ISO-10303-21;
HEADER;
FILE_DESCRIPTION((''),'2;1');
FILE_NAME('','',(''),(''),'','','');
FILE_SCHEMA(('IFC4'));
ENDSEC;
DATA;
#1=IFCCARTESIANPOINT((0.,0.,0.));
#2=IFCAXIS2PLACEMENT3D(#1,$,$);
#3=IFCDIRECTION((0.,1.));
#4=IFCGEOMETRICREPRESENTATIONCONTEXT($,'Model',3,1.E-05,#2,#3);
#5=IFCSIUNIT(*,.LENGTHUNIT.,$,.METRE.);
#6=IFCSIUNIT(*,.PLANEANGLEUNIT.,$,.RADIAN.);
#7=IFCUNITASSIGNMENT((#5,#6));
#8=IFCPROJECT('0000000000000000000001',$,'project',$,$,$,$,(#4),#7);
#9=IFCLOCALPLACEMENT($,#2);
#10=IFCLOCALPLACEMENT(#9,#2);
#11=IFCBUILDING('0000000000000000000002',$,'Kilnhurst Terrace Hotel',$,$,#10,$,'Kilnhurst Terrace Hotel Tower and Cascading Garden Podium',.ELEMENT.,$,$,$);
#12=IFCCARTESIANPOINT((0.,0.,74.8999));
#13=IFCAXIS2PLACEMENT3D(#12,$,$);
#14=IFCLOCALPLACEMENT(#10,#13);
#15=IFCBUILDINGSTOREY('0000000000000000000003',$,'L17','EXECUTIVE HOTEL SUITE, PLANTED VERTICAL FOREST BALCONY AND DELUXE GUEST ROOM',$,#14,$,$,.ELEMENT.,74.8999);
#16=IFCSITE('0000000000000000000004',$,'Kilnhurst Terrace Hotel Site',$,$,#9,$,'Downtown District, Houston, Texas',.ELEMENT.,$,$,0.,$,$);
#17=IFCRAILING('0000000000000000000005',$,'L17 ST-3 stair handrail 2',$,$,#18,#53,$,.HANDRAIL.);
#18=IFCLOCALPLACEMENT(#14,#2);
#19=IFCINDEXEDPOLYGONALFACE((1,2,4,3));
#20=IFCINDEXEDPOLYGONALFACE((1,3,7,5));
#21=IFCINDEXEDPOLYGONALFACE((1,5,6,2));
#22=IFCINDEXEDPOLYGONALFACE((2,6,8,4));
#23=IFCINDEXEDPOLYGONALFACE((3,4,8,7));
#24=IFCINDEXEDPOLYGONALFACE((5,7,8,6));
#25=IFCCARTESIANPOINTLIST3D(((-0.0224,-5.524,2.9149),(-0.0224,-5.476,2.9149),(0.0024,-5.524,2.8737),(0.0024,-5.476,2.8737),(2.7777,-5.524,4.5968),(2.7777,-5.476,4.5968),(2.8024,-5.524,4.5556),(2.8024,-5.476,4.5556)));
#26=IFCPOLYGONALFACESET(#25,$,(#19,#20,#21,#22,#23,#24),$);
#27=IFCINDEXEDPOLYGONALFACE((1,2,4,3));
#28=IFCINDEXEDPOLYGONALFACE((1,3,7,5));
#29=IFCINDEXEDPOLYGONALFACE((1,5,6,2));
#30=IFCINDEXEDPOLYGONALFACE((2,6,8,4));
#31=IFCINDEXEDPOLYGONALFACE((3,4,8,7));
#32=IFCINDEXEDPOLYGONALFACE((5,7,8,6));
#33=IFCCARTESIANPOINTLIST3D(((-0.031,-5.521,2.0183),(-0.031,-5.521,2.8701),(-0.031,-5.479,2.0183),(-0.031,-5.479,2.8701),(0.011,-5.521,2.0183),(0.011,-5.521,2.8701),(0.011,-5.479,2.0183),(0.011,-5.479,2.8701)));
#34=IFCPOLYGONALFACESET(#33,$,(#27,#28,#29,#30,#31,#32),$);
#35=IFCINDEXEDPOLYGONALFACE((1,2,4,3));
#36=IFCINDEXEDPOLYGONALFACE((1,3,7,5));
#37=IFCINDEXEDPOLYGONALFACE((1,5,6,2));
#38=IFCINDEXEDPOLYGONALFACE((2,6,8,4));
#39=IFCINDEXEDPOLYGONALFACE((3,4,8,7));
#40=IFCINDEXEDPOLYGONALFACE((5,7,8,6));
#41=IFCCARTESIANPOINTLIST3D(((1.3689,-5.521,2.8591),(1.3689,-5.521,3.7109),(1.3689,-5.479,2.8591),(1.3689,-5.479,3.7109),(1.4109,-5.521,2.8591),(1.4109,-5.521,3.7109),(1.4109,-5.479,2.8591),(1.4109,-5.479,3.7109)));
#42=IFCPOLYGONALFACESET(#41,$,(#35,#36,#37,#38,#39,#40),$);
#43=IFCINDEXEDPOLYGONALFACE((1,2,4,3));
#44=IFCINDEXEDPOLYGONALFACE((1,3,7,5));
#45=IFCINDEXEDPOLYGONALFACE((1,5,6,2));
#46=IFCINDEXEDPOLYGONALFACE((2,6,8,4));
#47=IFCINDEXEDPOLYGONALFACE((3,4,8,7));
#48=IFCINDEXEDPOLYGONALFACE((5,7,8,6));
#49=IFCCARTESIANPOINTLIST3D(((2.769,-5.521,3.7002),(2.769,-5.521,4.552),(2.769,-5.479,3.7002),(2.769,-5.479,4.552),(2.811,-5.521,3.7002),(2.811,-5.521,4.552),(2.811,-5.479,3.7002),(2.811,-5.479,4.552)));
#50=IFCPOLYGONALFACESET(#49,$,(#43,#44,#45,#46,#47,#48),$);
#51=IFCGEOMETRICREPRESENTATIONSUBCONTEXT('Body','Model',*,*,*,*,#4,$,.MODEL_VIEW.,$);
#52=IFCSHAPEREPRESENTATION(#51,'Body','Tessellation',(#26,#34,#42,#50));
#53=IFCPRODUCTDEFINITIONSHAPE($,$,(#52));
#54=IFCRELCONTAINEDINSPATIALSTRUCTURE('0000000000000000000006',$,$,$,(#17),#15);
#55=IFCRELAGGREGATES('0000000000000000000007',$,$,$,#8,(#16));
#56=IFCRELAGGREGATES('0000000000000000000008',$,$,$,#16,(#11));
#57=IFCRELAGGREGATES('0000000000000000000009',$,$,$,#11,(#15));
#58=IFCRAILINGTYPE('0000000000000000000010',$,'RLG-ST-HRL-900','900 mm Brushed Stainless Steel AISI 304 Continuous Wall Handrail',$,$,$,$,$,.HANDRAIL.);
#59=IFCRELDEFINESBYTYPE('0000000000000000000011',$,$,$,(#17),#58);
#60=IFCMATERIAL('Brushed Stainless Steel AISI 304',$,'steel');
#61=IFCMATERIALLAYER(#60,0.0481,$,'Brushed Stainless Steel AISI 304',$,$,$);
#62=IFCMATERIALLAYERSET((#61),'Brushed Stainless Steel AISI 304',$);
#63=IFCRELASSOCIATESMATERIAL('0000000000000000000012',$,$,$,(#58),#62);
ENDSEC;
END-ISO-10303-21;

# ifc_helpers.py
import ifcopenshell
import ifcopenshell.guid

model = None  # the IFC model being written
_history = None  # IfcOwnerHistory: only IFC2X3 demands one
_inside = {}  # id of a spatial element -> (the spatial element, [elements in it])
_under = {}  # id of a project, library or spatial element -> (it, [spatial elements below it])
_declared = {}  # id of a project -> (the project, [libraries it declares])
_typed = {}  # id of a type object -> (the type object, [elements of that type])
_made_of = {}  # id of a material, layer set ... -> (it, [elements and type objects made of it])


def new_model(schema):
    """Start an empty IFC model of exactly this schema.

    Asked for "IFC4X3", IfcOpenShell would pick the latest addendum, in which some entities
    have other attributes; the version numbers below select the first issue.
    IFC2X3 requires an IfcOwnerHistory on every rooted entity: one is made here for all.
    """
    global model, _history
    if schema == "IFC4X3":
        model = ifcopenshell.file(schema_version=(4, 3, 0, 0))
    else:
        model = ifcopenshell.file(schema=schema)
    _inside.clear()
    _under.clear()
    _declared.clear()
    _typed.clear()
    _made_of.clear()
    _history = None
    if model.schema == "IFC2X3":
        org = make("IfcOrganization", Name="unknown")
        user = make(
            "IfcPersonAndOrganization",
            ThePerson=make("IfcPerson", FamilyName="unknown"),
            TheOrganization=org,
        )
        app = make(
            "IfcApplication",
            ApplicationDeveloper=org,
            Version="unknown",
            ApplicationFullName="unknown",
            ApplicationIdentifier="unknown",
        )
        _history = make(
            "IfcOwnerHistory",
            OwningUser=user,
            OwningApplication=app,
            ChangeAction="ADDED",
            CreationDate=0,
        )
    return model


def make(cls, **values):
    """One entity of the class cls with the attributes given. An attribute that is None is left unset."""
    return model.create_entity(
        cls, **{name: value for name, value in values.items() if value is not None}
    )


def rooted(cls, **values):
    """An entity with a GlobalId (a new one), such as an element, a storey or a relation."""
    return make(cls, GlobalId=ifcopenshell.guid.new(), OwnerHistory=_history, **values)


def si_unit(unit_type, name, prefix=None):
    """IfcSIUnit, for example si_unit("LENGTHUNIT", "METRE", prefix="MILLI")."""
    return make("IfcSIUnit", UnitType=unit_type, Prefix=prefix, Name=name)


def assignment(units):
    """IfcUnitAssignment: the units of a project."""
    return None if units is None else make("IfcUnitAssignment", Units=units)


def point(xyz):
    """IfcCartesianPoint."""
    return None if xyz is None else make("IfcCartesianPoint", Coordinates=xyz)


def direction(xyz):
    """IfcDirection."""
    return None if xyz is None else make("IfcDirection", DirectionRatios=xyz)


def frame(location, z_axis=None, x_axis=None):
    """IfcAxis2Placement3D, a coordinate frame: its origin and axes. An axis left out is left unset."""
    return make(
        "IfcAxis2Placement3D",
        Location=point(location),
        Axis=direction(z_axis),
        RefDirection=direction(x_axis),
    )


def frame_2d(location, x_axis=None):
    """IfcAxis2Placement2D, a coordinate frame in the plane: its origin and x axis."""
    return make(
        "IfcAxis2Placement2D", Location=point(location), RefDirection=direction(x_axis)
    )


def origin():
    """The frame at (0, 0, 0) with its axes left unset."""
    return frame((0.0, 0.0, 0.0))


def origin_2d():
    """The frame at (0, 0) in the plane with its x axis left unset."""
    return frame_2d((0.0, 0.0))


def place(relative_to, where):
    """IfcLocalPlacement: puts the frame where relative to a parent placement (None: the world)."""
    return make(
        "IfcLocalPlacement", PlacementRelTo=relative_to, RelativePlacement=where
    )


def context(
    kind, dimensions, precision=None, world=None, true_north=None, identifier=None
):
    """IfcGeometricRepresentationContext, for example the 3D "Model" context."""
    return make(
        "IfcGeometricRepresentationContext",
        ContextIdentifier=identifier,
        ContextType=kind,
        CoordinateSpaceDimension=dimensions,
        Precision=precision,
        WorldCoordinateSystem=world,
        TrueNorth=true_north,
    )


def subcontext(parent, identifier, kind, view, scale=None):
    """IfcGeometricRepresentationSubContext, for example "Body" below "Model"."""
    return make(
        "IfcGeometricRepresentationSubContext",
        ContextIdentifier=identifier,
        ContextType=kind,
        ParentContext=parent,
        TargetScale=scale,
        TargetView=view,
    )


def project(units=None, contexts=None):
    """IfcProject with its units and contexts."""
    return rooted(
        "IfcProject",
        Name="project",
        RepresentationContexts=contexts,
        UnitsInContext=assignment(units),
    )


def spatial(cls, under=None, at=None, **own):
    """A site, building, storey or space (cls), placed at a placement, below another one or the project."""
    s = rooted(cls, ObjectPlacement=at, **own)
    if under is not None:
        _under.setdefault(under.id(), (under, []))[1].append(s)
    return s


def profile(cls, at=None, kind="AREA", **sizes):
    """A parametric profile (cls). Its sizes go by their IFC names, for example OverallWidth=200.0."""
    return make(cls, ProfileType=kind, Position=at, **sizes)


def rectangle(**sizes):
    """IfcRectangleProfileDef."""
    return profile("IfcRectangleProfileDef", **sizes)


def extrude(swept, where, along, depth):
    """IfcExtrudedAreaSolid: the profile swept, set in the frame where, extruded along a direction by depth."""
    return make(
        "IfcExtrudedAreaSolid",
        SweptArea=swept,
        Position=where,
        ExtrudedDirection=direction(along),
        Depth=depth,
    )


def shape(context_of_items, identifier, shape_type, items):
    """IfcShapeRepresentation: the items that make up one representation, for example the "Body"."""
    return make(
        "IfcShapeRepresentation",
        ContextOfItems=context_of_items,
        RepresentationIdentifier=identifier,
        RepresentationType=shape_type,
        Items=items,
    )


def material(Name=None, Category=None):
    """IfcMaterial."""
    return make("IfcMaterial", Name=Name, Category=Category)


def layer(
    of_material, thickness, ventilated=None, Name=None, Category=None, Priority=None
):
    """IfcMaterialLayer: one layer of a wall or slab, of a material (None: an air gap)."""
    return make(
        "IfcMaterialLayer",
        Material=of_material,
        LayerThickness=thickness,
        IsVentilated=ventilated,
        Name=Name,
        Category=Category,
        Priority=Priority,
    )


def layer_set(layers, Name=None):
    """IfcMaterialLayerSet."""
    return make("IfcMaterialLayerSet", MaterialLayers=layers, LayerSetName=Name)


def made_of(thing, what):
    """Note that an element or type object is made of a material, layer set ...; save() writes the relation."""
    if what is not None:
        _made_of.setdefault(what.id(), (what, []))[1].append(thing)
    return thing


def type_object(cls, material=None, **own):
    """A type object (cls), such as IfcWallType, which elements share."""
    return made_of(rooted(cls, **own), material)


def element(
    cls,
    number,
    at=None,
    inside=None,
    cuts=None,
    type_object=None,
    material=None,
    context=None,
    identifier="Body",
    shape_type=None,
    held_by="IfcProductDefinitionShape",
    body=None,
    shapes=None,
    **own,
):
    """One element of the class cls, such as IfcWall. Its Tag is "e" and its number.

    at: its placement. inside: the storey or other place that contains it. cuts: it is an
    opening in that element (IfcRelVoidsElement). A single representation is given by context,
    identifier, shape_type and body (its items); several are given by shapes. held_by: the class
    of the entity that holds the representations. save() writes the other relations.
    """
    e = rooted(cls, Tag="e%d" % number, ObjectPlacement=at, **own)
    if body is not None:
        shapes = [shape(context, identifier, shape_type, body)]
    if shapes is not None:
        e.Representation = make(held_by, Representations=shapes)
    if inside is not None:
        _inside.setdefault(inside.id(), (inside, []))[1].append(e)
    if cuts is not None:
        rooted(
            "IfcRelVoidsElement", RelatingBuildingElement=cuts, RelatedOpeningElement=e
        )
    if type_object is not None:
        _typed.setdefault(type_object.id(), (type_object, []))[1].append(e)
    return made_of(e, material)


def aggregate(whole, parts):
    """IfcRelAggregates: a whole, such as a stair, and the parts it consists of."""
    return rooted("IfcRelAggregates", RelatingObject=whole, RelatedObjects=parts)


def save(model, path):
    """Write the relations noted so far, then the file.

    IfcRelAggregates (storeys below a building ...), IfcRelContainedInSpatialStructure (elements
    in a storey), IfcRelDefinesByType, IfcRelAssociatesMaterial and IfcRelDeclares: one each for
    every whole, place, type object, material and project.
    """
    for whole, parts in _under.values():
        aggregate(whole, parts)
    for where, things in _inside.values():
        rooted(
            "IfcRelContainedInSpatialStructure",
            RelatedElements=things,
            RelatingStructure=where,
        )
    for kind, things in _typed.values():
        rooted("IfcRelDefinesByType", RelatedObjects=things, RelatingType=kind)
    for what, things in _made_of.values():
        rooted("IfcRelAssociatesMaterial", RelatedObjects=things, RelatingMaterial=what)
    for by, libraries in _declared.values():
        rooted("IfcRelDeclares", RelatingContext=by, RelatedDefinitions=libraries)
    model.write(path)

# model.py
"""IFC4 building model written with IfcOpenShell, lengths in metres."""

from ifc_helpers import new_model, si_unit, direction, frame, origin, origin_2d, place, context, subcontext, project, spatial, rectangle, extrude, material, layer, layer_set, type_object, element, save


model = new_model("IFC4")

# Units and contexts
model_context = context("Model", 3, precision=1e-05, world=origin(), true_north=direction((0.0, 1.0)))
body_context = subcontext(model_context, "Body", "Model", "MODEL_VIEW")
ifc_project = project(units=[si_unit("LENGTHUNIT", "METRE"), si_unit("PLANEANGLEUNIT", "RADIAN")], contexts=[model_context])

# Site, building, storey
site_placement = place(None, origin())
site = spatial("IfcSite", under=ifc_project, at=site_placement, Name="Kilnhurst Terrace Hotel Site", LongName="Downtown District, Houston, Texas", CompositionType="ELEMENT", RefElevation=0.0)
building_placement = place(site_placement, origin())
building = spatial("IfcBuilding", under=site, at=building_placement, Name="Kilnhurst Terrace Hotel", LongName="Kilnhurst Terrace Hotel Tower and Cascading Garden Podium", CompositionType="ELEMENT")
storey_placement = place(building_placement, frame((0.0, 0.0, 74.8999)))
storey = spatial("IfcBuildingStorey", under=building, at=storey_placement, Name="L17", Description="EXECUTIVE HOTEL SUITE, PLANTED VERTICAL FOREST BALCONY AND DELUXE GUEST ROOM", CompositionType="ELEMENT", Elevation=74.8999)

# Railing
ifc_material_1 = material(Name="Brushed Stainless Steel AISI 304", Category="steel")
ifc_layer_1 = layer(ifc_material_1, 0.0481, Name="Brushed Stainless Steel AISI 304")
ifc_layer_set_1 = layer_set([ifc_layer_1], Name="Brushed Stainless Steel AISI 304")
railing_type_1 = type_object("IfcRailingType", Name="RLG-ST-HRL-900", Description="900 mm Brushed Stainless Steel AISI 304 Continuous Wall Handrail", PredefinedType="HANDRAIL", material=ifc_layer_set_1)
railing_1_placement = place(storey_placement, frame((-0.01, -5.5, 2.0183)))
element("IfcRailing", 1, at=railing_1_placement, inside=storey, type_object=railing_type_1, Name="L17 ST-3 stair handrail 2", PredefinedType="HANDRAIL", context=body_context, shape_type="SweptSolid", body=[
    extrude(rectangle(XDim=0.0481, YDim=0.0481, at=origin_2d()), frame((0.0, 0.0, 0.876), z_axis=(0.857242, 0.0, 0.514913), x_axis=(0.0, 1.0, 0.0)), (0.0, 0.0, 1.0), 3.2664),
    extrude(rectangle(XDim=0.042, YDim=0.042, at=origin_2d()), origin(), (0.0, 0.0, 1.0), 0.8518),
    extrude(rectangle(XDim=0.042, YDim=0.042, at=origin_2d()), frame((1.3999, 0.0, 0.8408)), (0.0, 0.0, 1.0), 0.8518),
    extrude(rectangle(XDim=0.042, YDim=0.042, at=origin_2d()), frame((2.8, 0.0, 1.6819)), (0.0, 0.0, 1.0), 0.8518),
])

save(model, "model.ifc")
